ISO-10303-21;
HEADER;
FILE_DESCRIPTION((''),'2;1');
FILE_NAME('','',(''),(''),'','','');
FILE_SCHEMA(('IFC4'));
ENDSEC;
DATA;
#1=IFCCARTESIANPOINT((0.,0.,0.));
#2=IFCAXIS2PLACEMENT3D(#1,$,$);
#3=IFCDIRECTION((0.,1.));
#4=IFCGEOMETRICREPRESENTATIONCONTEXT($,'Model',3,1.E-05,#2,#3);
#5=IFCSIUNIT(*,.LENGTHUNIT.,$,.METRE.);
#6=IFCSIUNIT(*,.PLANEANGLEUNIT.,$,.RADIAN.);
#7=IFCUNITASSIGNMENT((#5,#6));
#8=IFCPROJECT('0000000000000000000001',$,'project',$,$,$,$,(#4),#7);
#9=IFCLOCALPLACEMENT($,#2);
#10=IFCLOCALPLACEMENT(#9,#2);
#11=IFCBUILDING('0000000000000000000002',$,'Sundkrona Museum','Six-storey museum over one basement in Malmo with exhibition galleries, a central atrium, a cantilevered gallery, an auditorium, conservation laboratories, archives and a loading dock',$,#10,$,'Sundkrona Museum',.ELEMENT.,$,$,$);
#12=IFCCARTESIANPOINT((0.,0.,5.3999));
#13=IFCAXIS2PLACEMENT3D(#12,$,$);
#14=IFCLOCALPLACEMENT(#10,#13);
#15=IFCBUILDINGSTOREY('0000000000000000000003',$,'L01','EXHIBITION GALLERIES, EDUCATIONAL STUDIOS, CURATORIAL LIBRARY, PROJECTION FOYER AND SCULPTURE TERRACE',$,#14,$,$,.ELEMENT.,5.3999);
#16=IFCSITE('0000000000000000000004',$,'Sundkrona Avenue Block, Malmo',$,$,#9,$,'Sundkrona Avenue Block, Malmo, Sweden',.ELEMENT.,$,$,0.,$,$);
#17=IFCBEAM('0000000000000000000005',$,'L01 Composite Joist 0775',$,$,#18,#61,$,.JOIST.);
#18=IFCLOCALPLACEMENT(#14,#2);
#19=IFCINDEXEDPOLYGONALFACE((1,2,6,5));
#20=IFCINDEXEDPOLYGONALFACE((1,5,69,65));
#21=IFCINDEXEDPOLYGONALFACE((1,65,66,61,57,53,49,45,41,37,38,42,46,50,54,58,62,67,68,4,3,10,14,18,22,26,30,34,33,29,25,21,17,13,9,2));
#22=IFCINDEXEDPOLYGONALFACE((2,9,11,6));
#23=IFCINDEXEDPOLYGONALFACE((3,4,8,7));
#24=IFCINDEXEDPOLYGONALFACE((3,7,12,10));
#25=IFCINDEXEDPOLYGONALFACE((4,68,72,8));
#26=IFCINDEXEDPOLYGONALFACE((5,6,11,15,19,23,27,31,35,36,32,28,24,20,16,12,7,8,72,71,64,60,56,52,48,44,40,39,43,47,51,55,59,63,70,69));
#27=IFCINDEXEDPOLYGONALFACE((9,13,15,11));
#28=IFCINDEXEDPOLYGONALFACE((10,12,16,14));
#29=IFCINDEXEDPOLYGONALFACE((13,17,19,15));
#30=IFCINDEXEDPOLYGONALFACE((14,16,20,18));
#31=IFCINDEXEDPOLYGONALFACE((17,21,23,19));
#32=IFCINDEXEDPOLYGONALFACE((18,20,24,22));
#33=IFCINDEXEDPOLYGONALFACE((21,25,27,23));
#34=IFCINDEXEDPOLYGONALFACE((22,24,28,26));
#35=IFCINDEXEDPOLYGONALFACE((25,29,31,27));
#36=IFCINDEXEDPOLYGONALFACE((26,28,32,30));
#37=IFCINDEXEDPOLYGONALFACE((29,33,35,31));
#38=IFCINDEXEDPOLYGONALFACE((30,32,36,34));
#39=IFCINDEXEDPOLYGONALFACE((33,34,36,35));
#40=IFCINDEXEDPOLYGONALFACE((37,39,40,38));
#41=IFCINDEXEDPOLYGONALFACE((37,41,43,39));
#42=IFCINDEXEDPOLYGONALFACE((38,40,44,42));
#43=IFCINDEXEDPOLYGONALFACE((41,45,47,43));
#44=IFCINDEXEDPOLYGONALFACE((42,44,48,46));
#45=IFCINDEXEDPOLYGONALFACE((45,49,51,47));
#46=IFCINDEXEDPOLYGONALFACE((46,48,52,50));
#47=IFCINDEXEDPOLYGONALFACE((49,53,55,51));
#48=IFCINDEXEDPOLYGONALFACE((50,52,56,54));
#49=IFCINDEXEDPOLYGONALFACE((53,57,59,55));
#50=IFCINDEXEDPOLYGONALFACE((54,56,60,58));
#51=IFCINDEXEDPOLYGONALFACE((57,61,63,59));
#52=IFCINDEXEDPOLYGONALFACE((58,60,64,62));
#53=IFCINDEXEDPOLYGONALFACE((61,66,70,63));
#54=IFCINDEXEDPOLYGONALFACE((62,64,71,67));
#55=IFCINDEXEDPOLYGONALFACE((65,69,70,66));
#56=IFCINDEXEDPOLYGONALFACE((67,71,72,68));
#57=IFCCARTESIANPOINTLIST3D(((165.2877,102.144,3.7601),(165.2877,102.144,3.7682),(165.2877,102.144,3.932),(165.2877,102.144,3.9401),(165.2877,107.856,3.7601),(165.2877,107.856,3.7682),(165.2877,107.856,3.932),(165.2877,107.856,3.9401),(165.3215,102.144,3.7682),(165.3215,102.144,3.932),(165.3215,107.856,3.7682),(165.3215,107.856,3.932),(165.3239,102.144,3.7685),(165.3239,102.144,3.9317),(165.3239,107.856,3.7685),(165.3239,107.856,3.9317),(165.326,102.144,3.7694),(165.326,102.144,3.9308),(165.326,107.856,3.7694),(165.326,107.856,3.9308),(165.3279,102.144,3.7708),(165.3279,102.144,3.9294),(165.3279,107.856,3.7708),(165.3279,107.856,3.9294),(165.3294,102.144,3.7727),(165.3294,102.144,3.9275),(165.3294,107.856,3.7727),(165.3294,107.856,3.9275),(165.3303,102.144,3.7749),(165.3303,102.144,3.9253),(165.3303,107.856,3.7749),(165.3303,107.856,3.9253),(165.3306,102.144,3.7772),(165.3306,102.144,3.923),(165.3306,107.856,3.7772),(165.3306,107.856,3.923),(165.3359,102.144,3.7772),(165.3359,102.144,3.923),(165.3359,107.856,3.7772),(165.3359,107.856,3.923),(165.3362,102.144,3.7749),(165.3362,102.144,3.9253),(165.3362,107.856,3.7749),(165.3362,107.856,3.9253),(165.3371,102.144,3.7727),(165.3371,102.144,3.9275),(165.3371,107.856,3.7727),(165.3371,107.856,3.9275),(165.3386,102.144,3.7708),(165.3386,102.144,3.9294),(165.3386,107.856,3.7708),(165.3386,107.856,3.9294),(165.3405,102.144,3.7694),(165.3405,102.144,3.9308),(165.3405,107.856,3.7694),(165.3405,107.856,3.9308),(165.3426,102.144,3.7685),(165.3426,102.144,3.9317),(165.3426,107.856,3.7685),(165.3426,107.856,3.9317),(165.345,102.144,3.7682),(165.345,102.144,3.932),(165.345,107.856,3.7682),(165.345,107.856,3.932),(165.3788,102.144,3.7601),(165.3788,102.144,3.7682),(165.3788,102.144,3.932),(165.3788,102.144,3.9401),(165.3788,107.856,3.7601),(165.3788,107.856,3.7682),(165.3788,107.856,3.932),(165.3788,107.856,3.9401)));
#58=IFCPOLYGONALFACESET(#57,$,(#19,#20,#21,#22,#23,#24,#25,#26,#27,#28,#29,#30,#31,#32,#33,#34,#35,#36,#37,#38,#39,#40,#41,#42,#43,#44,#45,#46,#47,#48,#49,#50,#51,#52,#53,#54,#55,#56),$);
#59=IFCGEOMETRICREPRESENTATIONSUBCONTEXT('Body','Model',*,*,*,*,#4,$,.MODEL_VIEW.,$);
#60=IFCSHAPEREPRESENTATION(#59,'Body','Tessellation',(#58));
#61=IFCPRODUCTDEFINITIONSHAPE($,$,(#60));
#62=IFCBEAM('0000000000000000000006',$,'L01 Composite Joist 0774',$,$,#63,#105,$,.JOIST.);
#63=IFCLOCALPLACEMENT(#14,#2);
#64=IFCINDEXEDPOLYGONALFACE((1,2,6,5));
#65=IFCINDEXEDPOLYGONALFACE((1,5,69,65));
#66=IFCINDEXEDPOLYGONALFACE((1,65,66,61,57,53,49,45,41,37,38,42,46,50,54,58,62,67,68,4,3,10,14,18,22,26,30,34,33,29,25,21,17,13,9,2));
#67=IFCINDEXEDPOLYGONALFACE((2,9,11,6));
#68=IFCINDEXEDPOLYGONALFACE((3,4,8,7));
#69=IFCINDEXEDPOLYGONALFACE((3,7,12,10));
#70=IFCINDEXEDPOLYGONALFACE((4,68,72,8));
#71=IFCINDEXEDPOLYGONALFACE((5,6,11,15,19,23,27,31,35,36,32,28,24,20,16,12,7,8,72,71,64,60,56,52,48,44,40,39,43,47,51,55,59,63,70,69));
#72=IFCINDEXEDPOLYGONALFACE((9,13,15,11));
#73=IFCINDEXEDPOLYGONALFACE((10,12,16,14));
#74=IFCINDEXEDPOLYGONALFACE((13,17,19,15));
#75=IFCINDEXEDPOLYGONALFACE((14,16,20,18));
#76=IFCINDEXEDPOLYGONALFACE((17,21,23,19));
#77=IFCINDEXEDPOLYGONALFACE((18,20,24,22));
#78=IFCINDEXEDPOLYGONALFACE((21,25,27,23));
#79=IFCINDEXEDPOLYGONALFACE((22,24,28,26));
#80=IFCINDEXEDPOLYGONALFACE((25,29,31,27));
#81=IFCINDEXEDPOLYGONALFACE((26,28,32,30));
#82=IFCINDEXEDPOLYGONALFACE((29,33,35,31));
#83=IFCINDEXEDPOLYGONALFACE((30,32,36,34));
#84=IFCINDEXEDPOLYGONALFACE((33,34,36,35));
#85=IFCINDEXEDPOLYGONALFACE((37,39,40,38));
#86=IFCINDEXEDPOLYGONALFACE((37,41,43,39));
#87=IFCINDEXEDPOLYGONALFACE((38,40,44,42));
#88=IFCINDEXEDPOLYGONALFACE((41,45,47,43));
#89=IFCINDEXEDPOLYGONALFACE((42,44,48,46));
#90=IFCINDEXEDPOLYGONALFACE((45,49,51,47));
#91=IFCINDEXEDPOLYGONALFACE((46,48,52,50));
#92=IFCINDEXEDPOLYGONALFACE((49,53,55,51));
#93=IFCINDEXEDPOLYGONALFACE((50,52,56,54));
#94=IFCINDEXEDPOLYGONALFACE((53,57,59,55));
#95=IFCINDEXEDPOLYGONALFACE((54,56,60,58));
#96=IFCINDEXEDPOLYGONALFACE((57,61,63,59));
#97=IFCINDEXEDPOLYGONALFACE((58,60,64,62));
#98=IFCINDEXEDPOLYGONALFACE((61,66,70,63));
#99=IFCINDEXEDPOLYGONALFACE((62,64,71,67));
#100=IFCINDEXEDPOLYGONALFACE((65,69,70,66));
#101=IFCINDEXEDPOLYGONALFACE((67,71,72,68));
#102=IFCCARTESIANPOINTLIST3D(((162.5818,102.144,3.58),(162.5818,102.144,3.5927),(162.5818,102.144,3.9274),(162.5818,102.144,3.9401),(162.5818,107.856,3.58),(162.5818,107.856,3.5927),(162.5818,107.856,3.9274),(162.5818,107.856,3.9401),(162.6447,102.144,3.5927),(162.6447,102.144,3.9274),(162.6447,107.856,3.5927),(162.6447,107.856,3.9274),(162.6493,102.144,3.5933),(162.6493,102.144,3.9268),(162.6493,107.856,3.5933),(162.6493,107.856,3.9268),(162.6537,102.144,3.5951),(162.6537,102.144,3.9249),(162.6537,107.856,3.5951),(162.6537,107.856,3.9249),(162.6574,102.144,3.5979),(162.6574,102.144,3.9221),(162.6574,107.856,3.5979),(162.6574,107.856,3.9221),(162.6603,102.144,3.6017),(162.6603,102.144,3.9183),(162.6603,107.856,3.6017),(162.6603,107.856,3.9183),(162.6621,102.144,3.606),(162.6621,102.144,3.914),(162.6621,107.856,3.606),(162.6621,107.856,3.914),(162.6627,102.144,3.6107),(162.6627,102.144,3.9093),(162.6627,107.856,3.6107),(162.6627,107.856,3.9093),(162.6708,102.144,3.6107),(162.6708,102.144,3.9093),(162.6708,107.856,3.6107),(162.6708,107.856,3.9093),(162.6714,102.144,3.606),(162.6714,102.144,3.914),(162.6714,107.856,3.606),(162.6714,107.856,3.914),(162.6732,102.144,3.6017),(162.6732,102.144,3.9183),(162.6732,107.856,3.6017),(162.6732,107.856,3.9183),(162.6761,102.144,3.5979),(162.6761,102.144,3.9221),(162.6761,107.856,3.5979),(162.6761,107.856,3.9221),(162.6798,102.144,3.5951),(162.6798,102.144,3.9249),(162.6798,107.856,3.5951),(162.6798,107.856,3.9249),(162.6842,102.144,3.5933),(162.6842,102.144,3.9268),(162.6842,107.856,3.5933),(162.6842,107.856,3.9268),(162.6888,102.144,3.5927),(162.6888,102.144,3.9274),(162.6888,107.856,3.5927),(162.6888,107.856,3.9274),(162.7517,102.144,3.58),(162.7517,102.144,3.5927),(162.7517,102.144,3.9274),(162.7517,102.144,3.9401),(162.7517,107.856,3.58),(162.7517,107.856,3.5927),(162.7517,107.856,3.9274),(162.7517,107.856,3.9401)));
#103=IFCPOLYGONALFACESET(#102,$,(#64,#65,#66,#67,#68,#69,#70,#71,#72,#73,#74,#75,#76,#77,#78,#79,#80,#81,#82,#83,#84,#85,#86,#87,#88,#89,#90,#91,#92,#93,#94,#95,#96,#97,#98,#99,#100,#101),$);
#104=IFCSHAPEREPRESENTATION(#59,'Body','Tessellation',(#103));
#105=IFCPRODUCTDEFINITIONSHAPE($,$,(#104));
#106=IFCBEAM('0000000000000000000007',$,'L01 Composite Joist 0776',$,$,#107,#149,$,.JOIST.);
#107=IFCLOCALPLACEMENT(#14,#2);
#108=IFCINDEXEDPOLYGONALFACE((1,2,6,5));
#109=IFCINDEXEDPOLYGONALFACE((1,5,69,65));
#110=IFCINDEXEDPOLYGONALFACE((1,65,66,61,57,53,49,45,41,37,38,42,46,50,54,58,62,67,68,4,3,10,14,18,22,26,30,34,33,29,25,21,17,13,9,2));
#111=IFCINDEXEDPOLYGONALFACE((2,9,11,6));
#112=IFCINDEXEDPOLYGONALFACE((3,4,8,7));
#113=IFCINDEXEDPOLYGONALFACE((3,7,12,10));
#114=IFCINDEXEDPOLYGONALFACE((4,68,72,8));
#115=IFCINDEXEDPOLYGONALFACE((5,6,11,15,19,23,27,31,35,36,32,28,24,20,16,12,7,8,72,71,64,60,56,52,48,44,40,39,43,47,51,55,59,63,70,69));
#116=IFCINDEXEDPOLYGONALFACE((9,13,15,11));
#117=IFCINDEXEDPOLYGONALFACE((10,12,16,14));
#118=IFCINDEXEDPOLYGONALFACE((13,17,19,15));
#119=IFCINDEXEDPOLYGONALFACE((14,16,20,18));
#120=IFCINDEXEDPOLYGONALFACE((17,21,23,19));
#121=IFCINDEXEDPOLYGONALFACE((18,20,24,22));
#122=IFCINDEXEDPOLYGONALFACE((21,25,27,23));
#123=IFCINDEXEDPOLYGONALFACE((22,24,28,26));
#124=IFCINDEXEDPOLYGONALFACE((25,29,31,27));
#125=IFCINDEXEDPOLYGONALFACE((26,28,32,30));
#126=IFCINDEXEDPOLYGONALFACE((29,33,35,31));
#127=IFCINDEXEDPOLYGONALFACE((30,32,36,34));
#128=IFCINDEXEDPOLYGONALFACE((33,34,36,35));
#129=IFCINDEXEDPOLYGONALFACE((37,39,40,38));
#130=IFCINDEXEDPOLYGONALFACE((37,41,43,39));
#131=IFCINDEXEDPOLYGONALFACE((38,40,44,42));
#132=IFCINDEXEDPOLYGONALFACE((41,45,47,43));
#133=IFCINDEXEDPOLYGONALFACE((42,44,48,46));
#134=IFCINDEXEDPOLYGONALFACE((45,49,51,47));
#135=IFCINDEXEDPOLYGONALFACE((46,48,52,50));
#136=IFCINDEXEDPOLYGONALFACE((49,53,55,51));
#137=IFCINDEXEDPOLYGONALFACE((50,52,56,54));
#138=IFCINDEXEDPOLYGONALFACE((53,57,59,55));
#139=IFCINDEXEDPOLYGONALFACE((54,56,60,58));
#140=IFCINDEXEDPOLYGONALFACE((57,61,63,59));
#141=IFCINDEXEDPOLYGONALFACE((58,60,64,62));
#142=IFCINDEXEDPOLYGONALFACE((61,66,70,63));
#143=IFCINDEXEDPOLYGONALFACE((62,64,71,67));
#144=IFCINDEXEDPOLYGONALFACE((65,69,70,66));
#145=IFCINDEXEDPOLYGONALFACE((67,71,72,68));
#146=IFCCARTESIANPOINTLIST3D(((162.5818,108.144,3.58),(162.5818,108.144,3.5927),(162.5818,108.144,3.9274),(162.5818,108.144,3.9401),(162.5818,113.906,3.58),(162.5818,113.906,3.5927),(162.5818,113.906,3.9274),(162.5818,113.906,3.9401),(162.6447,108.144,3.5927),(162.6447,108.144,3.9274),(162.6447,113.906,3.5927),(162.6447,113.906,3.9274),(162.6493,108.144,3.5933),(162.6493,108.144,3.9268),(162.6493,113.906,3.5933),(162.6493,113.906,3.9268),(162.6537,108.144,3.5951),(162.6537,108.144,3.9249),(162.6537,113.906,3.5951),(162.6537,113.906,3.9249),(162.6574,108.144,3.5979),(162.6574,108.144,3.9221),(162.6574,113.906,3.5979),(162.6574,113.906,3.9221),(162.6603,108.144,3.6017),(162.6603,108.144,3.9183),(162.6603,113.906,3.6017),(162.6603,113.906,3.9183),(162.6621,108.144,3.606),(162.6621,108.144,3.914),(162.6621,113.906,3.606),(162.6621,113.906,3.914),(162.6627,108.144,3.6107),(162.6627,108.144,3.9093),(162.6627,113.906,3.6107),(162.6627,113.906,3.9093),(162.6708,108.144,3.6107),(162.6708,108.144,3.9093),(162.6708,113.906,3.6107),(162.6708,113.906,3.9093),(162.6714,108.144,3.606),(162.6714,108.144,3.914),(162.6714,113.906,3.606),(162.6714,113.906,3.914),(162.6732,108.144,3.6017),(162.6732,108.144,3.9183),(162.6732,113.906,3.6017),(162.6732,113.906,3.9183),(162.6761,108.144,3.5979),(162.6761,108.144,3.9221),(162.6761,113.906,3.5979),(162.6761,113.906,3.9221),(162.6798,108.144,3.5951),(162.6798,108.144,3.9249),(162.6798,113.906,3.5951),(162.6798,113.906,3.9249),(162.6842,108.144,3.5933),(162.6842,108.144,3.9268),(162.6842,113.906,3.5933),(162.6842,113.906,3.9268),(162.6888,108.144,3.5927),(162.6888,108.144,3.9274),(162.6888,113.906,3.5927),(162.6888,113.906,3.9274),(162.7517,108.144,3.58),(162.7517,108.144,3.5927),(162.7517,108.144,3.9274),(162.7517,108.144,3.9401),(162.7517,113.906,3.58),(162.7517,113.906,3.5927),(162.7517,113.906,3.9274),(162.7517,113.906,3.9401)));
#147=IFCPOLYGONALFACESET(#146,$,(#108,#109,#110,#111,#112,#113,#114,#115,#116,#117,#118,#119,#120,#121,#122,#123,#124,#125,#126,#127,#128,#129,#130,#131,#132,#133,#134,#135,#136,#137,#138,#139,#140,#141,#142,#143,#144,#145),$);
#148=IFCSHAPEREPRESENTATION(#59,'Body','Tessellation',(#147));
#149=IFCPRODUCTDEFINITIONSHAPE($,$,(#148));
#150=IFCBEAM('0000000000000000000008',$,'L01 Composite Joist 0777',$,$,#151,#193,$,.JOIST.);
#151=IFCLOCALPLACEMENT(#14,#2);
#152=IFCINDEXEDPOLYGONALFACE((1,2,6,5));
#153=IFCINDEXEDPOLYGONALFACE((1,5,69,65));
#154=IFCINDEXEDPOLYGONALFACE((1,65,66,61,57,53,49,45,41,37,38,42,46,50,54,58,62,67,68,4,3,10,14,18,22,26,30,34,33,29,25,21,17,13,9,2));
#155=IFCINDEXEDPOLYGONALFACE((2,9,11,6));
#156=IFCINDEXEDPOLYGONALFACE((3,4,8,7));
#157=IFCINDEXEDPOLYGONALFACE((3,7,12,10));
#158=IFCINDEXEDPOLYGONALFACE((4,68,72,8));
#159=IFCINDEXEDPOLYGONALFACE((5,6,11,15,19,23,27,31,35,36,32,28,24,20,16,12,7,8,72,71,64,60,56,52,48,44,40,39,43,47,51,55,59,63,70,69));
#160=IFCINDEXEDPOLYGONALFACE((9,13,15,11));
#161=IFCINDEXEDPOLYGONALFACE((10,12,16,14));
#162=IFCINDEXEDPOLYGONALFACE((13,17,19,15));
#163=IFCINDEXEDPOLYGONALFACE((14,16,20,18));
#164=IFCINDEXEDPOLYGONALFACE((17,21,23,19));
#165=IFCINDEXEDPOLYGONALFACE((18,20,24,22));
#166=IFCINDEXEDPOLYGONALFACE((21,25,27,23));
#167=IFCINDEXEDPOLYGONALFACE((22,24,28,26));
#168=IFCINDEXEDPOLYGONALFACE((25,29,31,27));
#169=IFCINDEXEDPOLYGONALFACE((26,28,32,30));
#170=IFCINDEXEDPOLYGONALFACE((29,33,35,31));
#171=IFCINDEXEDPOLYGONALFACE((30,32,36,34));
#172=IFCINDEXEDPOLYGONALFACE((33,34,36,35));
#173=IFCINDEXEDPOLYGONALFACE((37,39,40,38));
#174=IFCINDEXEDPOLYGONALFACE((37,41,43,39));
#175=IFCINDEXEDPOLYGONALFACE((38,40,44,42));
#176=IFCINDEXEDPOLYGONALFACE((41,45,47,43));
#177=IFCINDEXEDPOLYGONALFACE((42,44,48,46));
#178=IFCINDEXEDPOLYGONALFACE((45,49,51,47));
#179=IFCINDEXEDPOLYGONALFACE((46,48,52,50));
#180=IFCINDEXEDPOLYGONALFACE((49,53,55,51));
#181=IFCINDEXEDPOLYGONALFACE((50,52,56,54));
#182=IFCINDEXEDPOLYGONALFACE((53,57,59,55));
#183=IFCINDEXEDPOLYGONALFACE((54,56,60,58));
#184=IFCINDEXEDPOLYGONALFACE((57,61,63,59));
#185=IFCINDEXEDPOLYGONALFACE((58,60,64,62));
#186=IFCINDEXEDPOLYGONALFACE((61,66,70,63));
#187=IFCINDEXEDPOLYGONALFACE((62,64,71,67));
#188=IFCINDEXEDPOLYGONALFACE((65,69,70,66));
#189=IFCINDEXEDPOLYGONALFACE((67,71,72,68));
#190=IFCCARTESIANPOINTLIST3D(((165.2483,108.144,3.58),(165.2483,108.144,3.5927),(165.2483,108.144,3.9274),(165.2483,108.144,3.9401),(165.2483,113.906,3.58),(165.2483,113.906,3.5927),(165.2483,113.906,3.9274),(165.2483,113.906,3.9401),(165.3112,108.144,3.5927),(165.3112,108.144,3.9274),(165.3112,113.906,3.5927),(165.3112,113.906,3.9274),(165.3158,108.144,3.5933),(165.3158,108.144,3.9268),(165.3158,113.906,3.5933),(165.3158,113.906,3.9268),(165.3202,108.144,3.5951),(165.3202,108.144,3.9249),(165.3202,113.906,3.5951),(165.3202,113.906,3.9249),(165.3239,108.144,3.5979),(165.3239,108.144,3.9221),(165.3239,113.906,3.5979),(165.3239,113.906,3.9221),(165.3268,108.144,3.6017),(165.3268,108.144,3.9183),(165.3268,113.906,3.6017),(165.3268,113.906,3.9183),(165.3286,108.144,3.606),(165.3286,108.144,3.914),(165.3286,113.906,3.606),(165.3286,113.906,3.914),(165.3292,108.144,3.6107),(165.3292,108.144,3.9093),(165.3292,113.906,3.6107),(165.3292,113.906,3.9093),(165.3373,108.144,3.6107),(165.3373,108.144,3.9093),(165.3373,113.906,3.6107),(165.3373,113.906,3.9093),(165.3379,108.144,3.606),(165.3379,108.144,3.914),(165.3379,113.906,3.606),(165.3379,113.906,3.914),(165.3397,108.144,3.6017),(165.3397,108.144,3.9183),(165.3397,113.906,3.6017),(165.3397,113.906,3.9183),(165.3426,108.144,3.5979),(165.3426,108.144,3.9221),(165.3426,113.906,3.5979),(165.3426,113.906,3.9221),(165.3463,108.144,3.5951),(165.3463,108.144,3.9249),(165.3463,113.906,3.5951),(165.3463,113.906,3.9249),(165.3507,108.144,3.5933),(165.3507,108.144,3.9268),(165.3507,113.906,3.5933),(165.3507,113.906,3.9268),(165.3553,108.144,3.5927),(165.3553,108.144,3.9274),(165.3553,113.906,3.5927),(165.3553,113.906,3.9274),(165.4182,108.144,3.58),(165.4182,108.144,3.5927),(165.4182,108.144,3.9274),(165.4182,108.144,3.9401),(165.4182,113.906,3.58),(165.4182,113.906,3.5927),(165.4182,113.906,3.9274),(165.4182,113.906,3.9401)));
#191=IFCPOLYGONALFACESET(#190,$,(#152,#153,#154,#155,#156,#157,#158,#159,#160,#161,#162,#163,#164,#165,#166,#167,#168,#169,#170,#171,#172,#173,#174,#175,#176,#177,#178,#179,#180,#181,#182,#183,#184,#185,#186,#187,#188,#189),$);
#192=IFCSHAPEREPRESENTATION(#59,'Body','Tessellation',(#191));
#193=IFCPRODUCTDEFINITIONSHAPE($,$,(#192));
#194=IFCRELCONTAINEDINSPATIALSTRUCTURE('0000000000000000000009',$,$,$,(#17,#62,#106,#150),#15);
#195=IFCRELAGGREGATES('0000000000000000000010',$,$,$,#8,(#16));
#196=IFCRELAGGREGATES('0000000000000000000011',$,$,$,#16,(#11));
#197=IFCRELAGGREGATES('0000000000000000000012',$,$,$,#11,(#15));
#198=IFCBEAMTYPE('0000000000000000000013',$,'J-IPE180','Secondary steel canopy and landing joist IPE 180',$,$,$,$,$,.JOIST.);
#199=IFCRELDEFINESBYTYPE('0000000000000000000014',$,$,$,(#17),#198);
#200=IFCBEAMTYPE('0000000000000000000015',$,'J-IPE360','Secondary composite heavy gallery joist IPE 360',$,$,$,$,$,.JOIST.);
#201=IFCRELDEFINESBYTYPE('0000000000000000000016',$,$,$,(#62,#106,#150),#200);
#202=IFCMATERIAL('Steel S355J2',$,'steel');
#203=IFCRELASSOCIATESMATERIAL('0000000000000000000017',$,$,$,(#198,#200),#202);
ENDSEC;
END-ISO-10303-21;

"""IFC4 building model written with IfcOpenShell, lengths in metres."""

from ifc_helpers import new_model, si_unit, direction, frame, origin, origin_2d, place, context, subcontext, project, spatial, i_section, extrude, material, material_profile, profile_set, type_object, element, save


model = new_model("IFC4")

# Units and contexts
model_context = context("Model", 3, precision=1e-05, world=origin(), true_north=direction((0.0, 1.0)))
body_context = subcontext(model_context, "Body", "Model", "MODEL_VIEW")
ifc_project = project(units=[si_unit("LENGTHUNIT", "METRE"), si_unit("PLANEANGLEUNIT", "RADIAN")], contexts=[model_context])

# Site, building, storey
site_placement = place(None, origin())
site = spatial("IfcSite", under=ifc_project, at=site_placement, Name="Sundkrona Avenue Block, Malmo", LongName="Sundkrona Avenue Block, Malmo, Sweden", CompositionType="ELEMENT", RefElevation=0.0)
building_placement = place(site_placement, origin())
building = spatial("IfcBuilding", under=site, at=building_placement, Name="Sundkrona Museum", Description="Six-storey museum over one basement in Malmo with exhibition galleries, a central atrium, a cantilevered gallery, an auditorium, conservation laboratories, archives and a loading dock", LongName="Sundkrona Museum", CompositionType="ELEMENT")
storey_placement = place(building_placement, frame((0.0, 0.0, 5.3999)))
storey = spatial("IfcBuildingStorey", under=building, at=storey_placement, Name="L01", Description="EXHIBITION GALLERIES, EDUCATIONAL STUDIOS, CURATORIAL LIBRARY, PROJECTION FOYER AND SCULPTURE TERRACE", CompositionType="ELEMENT", Elevation=5.3999)

# Shared definitions
ifc_material_1 = material(Name="Steel S355J2", Category="steel")

# Beams
ifc_material_profile_1 = material_profile(ifc_material_1, i_section(OverallWidth=0.0911, OverallDepth=0.1799, WebThickness=0.0054, FlangeThickness=0.0081, FilletRadius=0.009, at=origin_2d()), Name="IPE 180")
ifc_profile_set_1 = profile_set([ifc_material_profile_1], Name="Steel S355J2")
beam_type_1 = type_object("IfcBeamType", Name="J-IPE180", Description="Secondary steel canopy and landing joist IPE 180", PredefinedType="JOIST", material=ifc_profile_set_1)
beam_1_placement = place(storey_placement, frame((165.3333, 102.144, 3.8501), z_axis=(0.0, 1.0, 0.0), x_axis=(-1.0, 0.0, 0.0)))
element("IfcBeam", 1, at=beam_1_placement, inside=storey, type_object=beam_type_1, Name="L01 Composite Joist 0775", PredefinedType="JOIST", context=body_context, shape_type="SweptSolid", body=[
    extrude(i_section(OverallWidth=0.0911, OverallDepth=0.1799, WebThickness=0.0054, FlangeThickness=0.0081, FilletRadius=0.009, at=origin_2d()), origin(), (0.0, 0.0, 1.0), 5.7119),
])
ifc_material_profile_2 = material_profile(ifc_material_1, i_section(OverallWidth=0.1699, OverallDepth=0.3601, WebThickness=0.0081, FlangeThickness=0.0127, FilletRadius=0.0181, at=origin_2d()), Name="IPE 360")
ifc_profile_set_2 = profile_set([ifc_material_profile_2], Name="Steel S355J2")
beam_type_2 = type_object("IfcBeamType", Name="J-IPE360", Description="Secondary composite heavy gallery joist IPE 360", PredefinedType="JOIST", material=ifc_profile_set_2)
beam_2_placement = place(storey_placement, frame((162.6667, 102.144, 3.76), z_axis=(0.0, 1.0, 0.0), x_axis=(-1.0, 0.0, 0.0)))
element("IfcBeam", 2, at=beam_2_placement, inside=storey, type_object=beam_type_2, Name="L01 Composite Joist 0774", PredefinedType="JOIST", context=body_context, shape_type="SweptSolid", body=[
    extrude(i_section(OverallWidth=0.1699, OverallDepth=0.3601, WebThickness=0.0081, FlangeThickness=0.0127, FilletRadius=0.0181, at=origin_2d()), origin(), (0.0, 0.0, 1.0), 5.7119),
])
for number, where, z_axis, x_axis, name in (
    (3, (162.6667, 108.144, 3.76), (0.0, 1.0, 0.0), (-1.0, 0.0, 0.0), "L01 Composite Joist 0776"),
    (4, (165.3333, 108.144, 3.76), (0.0, 1.0, 0.0), (-1.0, 0.0, 0.0), "L01 Composite Joist 0777"),
):
    element("IfcBeam", number, at=place(storey_placement, frame(where, z_axis=z_axis, x_axis=x_axis)), inside=storey, type_object=beam_type_2, Name=name, PredefinedType="JOIST", context=body_context, shape_type="SweptSolid", body=[
        extrude(i_section(OverallWidth=0.1699, OverallDepth=0.3601, WebThickness=0.0081, FlangeThickness=0.0127, FilletRadius=0.0181, at=origin_2d()), origin(), (0.0, 0.0, 1.0), 5.762),
    ])

save(model, "model.ifc")
